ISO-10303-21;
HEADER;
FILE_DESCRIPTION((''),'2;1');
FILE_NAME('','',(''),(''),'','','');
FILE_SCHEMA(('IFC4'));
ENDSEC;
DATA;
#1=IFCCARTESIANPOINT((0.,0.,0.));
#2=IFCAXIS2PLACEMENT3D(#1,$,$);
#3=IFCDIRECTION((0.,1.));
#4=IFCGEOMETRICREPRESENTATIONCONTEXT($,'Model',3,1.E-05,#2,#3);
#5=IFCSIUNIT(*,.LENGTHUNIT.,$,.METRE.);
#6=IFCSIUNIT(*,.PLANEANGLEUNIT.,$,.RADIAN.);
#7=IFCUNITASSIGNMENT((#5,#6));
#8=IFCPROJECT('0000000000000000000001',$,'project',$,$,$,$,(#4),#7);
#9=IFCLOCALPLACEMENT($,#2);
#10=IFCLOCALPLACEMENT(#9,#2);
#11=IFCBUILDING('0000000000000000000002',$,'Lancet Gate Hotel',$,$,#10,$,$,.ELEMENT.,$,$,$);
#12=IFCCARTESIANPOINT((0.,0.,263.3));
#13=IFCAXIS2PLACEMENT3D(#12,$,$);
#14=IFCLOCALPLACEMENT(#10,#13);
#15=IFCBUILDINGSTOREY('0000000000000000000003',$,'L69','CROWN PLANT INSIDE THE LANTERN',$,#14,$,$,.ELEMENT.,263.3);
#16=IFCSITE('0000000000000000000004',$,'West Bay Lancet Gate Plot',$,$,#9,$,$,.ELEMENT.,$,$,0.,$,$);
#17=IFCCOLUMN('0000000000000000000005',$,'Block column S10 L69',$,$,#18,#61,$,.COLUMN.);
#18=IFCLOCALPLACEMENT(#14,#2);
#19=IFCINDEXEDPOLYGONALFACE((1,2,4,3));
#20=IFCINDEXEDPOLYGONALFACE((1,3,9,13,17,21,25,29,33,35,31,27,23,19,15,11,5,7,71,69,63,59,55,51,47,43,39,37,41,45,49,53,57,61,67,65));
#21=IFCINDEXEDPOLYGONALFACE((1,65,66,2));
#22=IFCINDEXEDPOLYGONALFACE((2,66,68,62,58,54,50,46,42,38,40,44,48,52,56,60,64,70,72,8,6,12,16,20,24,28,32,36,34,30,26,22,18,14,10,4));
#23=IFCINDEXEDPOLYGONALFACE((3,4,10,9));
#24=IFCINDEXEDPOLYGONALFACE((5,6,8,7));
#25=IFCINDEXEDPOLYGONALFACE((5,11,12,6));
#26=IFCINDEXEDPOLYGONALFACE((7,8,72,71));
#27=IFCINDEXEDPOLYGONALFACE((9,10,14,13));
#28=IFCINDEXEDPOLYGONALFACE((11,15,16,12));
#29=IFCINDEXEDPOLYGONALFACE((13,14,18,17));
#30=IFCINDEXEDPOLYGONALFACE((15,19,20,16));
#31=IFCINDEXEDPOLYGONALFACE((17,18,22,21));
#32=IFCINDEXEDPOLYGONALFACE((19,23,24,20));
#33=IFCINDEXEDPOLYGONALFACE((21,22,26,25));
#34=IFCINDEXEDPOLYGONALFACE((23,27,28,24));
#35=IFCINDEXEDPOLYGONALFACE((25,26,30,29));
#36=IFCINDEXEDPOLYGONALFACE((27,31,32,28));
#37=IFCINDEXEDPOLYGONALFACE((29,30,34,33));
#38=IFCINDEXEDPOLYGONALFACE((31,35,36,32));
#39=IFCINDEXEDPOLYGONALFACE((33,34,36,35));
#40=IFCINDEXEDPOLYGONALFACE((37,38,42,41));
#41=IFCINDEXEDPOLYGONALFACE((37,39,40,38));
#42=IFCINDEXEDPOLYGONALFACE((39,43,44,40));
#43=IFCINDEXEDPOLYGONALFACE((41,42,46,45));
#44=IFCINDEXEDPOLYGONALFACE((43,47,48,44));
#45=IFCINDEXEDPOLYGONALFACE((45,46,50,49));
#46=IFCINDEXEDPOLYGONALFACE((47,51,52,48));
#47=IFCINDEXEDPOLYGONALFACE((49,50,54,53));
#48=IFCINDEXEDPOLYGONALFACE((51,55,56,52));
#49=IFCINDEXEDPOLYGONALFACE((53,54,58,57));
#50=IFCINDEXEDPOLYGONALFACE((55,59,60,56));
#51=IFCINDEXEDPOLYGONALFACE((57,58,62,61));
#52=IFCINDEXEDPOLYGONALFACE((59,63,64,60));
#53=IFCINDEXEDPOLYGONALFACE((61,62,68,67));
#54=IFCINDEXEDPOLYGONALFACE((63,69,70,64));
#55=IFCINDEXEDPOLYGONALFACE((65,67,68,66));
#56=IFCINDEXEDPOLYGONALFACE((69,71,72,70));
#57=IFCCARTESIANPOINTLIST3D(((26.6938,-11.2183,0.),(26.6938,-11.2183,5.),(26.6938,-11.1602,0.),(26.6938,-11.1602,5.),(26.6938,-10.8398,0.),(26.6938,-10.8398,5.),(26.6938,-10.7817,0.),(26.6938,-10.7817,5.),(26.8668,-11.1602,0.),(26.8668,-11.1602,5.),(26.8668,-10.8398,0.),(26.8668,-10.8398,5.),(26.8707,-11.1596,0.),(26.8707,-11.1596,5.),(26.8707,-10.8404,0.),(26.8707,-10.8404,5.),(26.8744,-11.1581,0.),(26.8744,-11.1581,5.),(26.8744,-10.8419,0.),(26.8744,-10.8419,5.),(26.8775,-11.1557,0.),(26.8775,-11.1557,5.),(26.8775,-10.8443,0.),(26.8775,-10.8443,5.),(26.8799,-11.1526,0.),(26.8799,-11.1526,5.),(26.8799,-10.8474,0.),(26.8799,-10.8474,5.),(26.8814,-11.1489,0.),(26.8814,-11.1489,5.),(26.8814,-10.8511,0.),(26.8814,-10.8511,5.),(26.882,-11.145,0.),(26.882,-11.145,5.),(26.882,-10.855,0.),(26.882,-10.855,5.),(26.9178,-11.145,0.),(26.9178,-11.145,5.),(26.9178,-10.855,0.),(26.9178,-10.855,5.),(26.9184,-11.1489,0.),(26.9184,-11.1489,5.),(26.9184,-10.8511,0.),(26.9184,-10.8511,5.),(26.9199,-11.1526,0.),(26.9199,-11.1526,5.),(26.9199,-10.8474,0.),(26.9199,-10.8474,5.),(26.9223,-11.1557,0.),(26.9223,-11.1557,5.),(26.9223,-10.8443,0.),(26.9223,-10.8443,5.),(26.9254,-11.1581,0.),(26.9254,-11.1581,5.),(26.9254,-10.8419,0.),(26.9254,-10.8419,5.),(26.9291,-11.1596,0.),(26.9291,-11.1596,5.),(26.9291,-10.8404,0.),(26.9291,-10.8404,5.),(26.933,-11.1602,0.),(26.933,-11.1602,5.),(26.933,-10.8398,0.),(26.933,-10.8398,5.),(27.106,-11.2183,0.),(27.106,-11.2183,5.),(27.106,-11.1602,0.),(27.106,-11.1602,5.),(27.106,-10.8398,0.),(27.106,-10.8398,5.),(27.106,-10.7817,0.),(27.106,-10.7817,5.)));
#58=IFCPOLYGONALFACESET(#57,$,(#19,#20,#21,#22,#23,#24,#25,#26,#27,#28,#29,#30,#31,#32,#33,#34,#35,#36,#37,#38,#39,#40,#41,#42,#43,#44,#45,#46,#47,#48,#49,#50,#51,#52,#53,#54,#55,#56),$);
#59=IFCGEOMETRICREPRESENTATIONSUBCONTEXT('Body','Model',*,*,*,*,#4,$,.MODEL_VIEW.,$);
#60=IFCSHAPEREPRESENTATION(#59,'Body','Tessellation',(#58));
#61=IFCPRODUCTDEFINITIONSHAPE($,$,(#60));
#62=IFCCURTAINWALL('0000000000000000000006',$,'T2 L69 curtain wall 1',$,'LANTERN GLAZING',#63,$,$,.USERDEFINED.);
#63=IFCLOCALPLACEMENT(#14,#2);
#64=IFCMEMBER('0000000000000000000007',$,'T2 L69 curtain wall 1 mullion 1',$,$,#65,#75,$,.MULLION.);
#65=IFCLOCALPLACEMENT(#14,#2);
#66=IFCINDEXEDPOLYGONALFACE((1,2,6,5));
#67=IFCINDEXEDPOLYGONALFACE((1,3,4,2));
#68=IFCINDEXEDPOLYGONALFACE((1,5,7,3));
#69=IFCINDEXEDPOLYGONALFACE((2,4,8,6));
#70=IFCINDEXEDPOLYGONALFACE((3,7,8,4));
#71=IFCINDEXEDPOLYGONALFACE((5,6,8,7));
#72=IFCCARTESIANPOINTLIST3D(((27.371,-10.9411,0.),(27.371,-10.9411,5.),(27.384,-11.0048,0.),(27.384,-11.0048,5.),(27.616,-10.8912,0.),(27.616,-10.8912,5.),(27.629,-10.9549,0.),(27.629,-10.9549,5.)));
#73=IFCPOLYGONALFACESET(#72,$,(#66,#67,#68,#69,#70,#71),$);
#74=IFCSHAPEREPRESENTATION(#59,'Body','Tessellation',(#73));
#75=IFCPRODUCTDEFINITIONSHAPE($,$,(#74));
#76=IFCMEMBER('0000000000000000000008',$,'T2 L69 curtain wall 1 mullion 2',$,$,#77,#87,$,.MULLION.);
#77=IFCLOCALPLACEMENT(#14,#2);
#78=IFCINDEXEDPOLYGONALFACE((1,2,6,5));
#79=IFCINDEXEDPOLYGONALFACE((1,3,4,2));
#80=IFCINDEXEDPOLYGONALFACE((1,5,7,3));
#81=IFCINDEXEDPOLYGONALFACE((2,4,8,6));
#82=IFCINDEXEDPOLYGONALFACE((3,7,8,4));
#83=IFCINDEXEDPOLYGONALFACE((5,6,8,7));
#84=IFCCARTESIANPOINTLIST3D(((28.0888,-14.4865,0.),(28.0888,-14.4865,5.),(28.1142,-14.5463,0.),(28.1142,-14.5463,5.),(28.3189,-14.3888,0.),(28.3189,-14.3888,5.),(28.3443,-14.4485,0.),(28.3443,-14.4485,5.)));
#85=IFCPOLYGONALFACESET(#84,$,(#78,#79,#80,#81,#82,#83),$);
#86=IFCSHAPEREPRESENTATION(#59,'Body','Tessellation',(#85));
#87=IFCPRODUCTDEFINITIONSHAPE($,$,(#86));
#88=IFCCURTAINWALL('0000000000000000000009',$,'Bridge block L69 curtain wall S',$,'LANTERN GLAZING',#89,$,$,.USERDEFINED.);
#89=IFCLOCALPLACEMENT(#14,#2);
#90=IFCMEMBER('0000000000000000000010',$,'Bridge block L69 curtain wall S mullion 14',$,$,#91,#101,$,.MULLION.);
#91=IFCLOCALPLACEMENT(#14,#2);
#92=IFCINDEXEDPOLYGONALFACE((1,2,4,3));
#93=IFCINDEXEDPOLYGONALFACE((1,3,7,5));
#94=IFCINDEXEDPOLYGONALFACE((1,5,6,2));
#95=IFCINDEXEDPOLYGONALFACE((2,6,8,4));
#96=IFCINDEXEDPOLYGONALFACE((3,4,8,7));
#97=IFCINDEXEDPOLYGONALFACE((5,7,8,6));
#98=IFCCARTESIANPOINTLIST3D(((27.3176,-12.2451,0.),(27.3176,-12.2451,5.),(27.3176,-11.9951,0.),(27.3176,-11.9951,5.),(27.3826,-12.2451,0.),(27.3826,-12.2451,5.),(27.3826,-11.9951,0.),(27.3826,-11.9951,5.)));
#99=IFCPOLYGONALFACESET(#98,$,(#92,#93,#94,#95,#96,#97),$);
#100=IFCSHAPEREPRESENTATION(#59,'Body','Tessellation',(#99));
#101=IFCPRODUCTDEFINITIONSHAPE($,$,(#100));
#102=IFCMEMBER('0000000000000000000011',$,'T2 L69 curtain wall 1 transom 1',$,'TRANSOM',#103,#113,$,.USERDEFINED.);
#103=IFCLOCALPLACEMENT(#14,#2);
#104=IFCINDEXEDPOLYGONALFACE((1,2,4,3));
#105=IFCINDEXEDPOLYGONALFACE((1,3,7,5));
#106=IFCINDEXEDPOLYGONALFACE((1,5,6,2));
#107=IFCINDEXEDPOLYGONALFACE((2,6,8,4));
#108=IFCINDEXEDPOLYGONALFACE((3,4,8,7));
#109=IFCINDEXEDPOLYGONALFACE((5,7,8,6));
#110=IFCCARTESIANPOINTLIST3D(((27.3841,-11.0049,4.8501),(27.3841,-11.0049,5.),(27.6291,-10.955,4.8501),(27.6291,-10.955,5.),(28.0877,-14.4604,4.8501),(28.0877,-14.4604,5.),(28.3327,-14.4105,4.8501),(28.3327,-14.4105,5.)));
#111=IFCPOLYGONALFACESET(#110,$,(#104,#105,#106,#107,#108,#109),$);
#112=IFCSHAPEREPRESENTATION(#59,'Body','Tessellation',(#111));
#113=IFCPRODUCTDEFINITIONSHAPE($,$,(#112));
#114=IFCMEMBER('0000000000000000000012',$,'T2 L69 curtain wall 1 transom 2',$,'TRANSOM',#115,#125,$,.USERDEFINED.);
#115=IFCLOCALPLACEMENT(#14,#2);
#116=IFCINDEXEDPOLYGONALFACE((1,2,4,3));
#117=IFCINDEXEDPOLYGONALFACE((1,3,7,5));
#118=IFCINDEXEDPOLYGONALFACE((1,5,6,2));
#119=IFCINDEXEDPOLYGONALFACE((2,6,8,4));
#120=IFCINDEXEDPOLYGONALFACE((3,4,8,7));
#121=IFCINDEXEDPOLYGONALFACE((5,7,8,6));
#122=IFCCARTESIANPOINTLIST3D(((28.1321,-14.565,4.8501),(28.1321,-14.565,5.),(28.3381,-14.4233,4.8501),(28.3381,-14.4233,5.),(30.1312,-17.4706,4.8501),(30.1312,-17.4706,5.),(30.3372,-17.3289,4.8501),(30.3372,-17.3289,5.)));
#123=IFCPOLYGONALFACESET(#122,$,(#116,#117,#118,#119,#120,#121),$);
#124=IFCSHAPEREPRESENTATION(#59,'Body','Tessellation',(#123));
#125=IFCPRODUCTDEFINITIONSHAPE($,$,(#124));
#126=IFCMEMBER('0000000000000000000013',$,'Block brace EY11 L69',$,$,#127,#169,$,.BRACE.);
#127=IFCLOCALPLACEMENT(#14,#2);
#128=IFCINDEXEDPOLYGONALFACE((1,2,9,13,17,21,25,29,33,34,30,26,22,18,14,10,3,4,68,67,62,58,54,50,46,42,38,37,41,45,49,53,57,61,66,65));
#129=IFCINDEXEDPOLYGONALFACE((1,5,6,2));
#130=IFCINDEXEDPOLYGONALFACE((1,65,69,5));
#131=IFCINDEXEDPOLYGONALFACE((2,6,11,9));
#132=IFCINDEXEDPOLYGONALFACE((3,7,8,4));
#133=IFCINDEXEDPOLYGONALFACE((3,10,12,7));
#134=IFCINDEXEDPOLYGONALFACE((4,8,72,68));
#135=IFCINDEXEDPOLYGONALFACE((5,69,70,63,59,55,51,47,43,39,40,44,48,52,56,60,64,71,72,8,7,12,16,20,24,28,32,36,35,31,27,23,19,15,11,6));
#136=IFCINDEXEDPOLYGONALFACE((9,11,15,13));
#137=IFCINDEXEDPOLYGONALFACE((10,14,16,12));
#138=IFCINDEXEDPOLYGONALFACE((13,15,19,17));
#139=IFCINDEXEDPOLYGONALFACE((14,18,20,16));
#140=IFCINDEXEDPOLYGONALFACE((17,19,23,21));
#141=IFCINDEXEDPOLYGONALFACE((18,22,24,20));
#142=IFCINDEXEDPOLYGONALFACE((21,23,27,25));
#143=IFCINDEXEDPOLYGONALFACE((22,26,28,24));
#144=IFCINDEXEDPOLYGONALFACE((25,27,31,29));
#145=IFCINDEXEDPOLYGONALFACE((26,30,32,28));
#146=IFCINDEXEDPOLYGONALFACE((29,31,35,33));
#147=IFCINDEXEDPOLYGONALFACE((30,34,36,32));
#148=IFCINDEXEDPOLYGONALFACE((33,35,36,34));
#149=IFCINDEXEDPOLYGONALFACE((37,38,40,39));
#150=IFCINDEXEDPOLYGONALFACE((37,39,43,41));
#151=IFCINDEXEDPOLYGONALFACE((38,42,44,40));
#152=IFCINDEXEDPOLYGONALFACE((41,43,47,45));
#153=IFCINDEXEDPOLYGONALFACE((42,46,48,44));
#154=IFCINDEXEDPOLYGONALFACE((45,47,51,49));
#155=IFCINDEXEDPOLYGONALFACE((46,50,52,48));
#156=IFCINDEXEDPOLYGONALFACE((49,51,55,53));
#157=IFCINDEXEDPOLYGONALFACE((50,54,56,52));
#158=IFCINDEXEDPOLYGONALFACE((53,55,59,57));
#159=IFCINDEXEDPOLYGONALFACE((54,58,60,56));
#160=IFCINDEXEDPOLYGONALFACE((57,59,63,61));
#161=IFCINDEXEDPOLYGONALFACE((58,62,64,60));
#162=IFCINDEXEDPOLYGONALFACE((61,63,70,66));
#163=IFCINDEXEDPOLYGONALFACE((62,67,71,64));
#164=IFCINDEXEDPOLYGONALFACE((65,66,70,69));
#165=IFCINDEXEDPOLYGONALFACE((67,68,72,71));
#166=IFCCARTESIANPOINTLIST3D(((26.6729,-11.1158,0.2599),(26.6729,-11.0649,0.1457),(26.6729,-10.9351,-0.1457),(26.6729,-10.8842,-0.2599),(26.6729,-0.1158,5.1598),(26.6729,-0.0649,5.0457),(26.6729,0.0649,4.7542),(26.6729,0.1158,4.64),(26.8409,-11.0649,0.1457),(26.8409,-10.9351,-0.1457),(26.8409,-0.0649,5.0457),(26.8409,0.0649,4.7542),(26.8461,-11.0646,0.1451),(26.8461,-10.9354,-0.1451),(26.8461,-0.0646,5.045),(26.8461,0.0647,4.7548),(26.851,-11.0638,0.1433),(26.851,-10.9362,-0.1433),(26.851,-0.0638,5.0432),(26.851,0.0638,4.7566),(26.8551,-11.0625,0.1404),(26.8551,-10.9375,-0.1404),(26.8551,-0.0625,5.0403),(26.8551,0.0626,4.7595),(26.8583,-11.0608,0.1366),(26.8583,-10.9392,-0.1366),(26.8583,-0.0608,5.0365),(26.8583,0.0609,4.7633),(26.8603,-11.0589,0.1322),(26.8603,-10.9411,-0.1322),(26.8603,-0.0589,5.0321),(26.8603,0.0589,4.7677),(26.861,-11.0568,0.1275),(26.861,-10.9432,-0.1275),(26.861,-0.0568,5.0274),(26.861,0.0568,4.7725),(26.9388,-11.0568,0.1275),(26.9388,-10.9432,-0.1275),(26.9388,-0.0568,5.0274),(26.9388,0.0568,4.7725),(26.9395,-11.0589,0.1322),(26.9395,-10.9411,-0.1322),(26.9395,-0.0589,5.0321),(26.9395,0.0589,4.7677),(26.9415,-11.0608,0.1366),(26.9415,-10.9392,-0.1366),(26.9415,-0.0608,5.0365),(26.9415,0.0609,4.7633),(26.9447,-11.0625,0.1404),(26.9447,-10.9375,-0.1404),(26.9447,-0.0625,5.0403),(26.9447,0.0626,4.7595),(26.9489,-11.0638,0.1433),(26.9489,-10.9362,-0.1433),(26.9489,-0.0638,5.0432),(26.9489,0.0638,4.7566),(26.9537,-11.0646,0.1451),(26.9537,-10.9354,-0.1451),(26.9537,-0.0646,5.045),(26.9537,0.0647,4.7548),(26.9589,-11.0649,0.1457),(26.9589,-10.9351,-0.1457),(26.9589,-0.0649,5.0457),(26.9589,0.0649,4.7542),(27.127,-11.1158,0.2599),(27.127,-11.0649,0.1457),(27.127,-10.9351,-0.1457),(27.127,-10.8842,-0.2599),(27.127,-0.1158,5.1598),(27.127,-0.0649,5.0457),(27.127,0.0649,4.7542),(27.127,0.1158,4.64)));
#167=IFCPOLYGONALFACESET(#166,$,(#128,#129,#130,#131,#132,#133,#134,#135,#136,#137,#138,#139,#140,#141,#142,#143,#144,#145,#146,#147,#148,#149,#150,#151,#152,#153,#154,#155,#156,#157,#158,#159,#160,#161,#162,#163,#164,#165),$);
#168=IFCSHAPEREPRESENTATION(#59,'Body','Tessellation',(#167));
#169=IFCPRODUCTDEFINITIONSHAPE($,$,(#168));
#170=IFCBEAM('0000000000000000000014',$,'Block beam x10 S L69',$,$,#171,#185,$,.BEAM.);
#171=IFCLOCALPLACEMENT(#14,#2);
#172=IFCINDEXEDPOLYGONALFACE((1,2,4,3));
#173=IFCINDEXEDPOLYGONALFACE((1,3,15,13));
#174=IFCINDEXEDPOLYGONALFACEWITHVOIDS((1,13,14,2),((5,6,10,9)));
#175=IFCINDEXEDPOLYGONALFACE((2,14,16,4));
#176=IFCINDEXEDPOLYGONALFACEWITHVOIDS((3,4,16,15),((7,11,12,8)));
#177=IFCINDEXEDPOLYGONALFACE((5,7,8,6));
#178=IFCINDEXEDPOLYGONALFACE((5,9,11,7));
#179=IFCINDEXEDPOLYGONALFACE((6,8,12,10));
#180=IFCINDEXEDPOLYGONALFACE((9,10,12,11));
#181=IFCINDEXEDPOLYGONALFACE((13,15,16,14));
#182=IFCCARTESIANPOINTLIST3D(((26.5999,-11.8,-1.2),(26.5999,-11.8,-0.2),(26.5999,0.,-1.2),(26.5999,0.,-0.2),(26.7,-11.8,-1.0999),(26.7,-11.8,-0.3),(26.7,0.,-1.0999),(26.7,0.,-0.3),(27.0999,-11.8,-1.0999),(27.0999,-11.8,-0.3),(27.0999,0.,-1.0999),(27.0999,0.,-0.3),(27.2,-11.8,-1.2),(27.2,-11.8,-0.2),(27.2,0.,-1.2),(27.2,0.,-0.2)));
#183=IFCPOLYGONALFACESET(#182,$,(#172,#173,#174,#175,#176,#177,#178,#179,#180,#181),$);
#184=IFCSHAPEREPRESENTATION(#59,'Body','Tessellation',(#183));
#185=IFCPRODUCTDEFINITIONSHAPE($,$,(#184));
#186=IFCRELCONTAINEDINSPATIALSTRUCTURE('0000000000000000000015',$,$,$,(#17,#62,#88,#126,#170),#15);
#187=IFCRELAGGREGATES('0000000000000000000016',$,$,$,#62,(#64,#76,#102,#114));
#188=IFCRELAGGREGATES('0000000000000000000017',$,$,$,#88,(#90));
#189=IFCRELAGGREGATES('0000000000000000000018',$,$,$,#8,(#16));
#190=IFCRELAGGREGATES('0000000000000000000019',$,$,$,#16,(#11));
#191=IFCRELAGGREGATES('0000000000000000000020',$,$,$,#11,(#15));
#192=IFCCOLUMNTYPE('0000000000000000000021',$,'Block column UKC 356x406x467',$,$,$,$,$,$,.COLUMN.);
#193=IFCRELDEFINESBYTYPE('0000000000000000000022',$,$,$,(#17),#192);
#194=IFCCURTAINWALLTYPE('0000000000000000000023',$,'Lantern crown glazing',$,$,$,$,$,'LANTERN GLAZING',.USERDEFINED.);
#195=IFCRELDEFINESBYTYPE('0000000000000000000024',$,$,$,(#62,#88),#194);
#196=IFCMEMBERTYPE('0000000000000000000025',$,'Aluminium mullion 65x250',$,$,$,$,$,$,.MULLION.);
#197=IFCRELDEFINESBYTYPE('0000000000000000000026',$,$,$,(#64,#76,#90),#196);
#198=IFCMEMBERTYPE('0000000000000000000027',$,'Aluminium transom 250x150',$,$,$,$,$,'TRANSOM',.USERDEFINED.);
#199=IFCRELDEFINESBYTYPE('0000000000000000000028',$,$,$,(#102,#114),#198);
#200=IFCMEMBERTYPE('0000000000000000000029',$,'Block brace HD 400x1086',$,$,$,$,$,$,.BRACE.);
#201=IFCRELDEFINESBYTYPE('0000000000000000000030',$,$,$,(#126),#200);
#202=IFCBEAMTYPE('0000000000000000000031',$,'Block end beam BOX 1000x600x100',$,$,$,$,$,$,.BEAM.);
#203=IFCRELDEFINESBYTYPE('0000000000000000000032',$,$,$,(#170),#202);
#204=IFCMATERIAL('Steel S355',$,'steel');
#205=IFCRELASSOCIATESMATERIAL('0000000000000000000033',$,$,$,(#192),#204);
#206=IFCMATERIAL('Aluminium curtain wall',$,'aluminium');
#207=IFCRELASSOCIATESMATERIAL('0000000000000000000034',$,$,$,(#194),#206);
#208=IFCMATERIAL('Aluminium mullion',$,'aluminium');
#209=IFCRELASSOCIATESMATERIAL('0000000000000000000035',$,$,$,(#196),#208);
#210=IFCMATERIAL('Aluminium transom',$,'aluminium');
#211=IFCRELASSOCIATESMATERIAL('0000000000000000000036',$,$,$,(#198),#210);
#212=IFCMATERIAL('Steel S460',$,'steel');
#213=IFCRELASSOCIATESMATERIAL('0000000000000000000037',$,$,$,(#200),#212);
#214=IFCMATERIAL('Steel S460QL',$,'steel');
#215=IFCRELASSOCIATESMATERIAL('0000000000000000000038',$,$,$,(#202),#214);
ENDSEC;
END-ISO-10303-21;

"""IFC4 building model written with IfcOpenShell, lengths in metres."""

from ifc_helpers import new_model, si_unit, direction, frame, origin, origin_2d, place, context, subcontext, project, spatial, rectangle, hollow_rectangle, i_section, extrude, material, material_profile, profile_set, type_object, element, aggregate, save


model = new_model("IFC4")

# Units and contexts
model_context = context("Model", 3, precision=1e-05, world=origin(), true_north=direction((0.0, 1.0)))
body_context = subcontext(model_context, "Body", "Model", "MODEL_VIEW")
ifc_project = project(units=[si_unit("LENGTHUNIT", "METRE"), si_unit("PLANEANGLEUNIT", "RADIAN")], contexts=[model_context])

# Site, building, storey
site_placement = place(None, origin())
site = spatial("IfcSite", under=ifc_project, at=site_placement, Name="West Bay Lancet Gate Plot", CompositionType="ELEMENT", RefElevation=0.0)
building_placement = place(site_placement, origin())
building = spatial("IfcBuilding", under=site, at=building_placement, Name="Lancet Gate Hotel", CompositionType="ELEMENT")
storey_placement = place(building_placement, frame((0.0, 0.0, 263.3)))
storey = spatial("IfcBuildingStorey", under=building, at=storey_placement, Name="L69", Description="CROWN PLANT INSIDE THE LANTERN", CompositionType="ELEMENT", Elevation=263.3)

# Column
ifc_material_1 = material(Name="Steel S355", Category="steel")
ifc_material_profile_1 = material_profile(ifc_material_1, i_section(OverallWidth=0.4121, OverallDepth=0.4365, WebThickness=0.0359, FlangeThickness=0.0581, FilletRadius=0.0151, at=origin_2d()), Name="UKC 356x406x467")
ifc_profile_set_1 = profile_set([ifc_material_profile_1], Name="Steel S355")
column_type = type_object("IfcColumnType", Name="Block column UKC 356x406x467", PredefinedType="COLUMN", material=ifc_profile_set_1)
column_placement = place(storey_placement, frame((26.8999, -11.0, 0.0), z_axis=(0.0, 0.0, 1.0), x_axis=(1.0, 0.0, 0.0)))
element("IfcColumn", 1, at=column_placement, inside=storey, type_object=column_type, Name="Block column S10 L69", PredefinedType="COLUMN", context=body_context, shape_type="SweptSolid", body=[
    extrude(i_section(OverallWidth=0.4121, OverallDepth=0.4365, WebThickness=0.0359, FlangeThickness=0.0581, FilletRadius=0.0151, at=origin_2d()), origin(), (0.0, 0.0, 1.0), 5.0),
])

# Curtain wall, members
ifc_material_2 = material(Name="Aluminium curtain wall", Category="aluminium")
curtain_wall_type = type_object("IfcCurtainWallType", Name="Lantern crown glazing", ElementType="LANTERN GLAZING", PredefinedType="USERDEFINED", material=ifc_material_2)
curtain_wall_1_placement = place(storey_placement, origin())
curtain_wall_1 = element("IfcCurtainWall", 2, at=curtain_wall_1_placement, inside=storey, type_object=curtain_wall_type, Name="T2 L69 curtain wall 1", ObjectType="LANTERN GLAZING", PredefinedType="USERDEFINED")
ifc_material_3 = material(Name="Aluminium mullion", Category="aluminium")
ifc_material_profile_2 = material_profile(ifc_material_3, rectangle(XDim=0.0649, YDim=0.25, at=origin_2d()), Name="MULLION 65x250")
ifc_profile_set_2 = profile_set([ifc_material_profile_2], Name="Aluminium mullion")
member_type_1 = type_object("IfcMemberType", Name="Aluminium mullion 65x250", PredefinedType="MULLION", material=ifc_profile_set_2)
member_1_placement = place(storey_placement, frame((27.5, -10.948, 0.0), z_axis=(0.0, 0.0, 1.0), x_axis=(0.199533, -0.979891, 0.0)))
member_1 = element("IfcMember", 3, at=member_1_placement, type_object=member_type_1, Name="T2 L69 curtain wall 1 mullion 1", PredefinedType="MULLION", context=body_context, shape_type="SweptSolid", body=[
    extrude(rectangle(XDim=0.0649, YDim=0.25, at=origin_2d()), origin(), (0.0, 0.0, 1.0), 5.0),
])
member_2_placement = place(storey_placement, frame((28.2166, -14.4675, 0.0), z_axis=(0.0, 0.0, 1.0), x_axis=(0.391042, -0.920373, 0.0)))
member_2 = element("IfcMember", 4, at=member_2_placement, type_object=member_type_1, Name="T2 L69 curtain wall 1 mullion 2", PredefinedType="MULLION", context=body_context, shape_type="SweptSolid", body=[
    extrude(rectangle(XDim=0.0649, YDim=0.25, at=origin_2d()), origin(), (0.0, 0.0, 1.0), 5.0),
])

# Curtain wall, member
curtain_wall_2_placement = place(storey_placement, origin())
curtain_wall_2 = element("IfcCurtainWall", 5, at=curtain_wall_2_placement, inside=storey, type_object=curtain_wall_type, Name="Bridge block L69 curtain wall S", ObjectType="LANTERN GLAZING", PredefinedType="USERDEFINED")
member_3_placement = place(storey_placement, frame((27.3501, -12.1201, 0.0), z_axis=(0.0, 0.0, 1.0), x_axis=(1.0, 0.0, 0.0)))
member_3 = element("IfcMember", 6, at=member_3_placement, type_object=member_type_1, Name="Bridge block L69 curtain wall S mullion 14", PredefinedType="MULLION", context=body_context, shape_type="SweptSolid", body=[
    extrude(rectangle(XDim=0.0649, YDim=0.25, at=origin_2d()), origin(), (0.0, 0.0, 1.0), 5.0),
])

# Members
ifc_material_4 = material(Name="Aluminium transom", Category="aluminium")
ifc_material_profile_3 = material_profile(ifc_material_4, rectangle(XDim=0.25, YDim=0.1499, at=origin_2d()), Name="TRANSOM 250x150")
ifc_profile_set_3 = profile_set([ifc_material_profile_3], Name="Aluminium transom")
member_type_2 = type_object("IfcMemberType", Name="Aluminium transom 250x150", ElementType="TRANSOM", PredefinedType="USERDEFINED", material=ifc_profile_set_3)
member_4_placement = place(storey_placement, frame((27.5066, -10.98, 4.925), z_axis=(0.199523, -0.979893, 0.0), x_axis=(0.979893, 0.199523, 0.0)))
member_4 = element("IfcMember", 7, at=member_4_placement, type_object=member_type_2, Name="T2 L69 curtain wall 1 transom 1", ObjectType="TRANSOM", PredefinedType="USERDEFINED", context=body_context, shape_type="SweptSolid", body=[
    extrude(rectangle(XDim=0.25, YDim=0.1499, at=origin_2d()), origin(), (0.0, 0.0, 1.0), 3.5264),
])
member_5_placement = place(storey_placement, frame((28.2351, -14.4941, 4.925), z_axis=(0.566814, -0.823846, 0.0), x_axis=(0.823846, 0.566814, 0.0)))
member_5 = element("IfcMember", 8, at=member_5_placement, type_object=member_type_2, Name="T2 L69 curtain wall 1 transom 2", ObjectType="TRANSOM", PredefinedType="USERDEFINED", context=body_context, shape_type="SweptSolid", body=[
    extrude(rectangle(XDim=0.25, YDim=0.1499, at=origin_2d()), origin(), (0.0, 0.0, 1.0), 3.5269),
])
ifc_material_5 = material(Name="Steel S460", Category="steel")
ifc_material_profile_4 = material_profile(ifc_material_5, i_section(OverallWidth=0.4541, OverallDepth=0.5691, WebThickness=0.0779, FlangeThickness=0.125, FilletRadius=0.02, at=origin_2d()), Name="HD 400x1086")
ifc_profile_set_4 = profile_set([ifc_material_profile_4], Name="Steel S460")
member_type_3 = type_object("IfcMemberType", Name="Block brace HD 400x1086", PredefinedType="BRACE", material=ifc_profile_set_4)
member_6_placement = place(storey_placement, frame((26.8999, -11.0, 0.0), z_axis=(0.0, 0.913472, 0.406902), x_axis=(-1.0, 0.0, 0.0)))
element("IfcMember", 9, at=member_6_placement, inside=storey, type_object=member_type_3, Name="Block brace EY11 L69", PredefinedType="BRACE", context=body_context, shape_type="SweptSolid", body=[
    extrude(i_section(OverallWidth=0.4541, OverallDepth=0.5691, WebThickness=0.0779, FlangeThickness=0.125, FilletRadius=0.02, at=origin_2d()), origin(), (0.0, 0.0, 1.0), 12.042),
])

# Beam
ifc_material_6 = material(Name="Steel S460QL", Category="steel")
ifc_material_profile_5 = material_profile(ifc_material_6, hollow_rectangle(XDim=0.6001, YDim=1.0, WallThickness=0.1001, at=origin_2d()), Name="BOX 1000x600x100")
ifc_profile_set_5 = profile_set([ifc_material_profile_5], Name="Steel S460QL")
beam_type = type_object("IfcBeamType", Name="Block end beam BOX 1000x600x100", PredefinedType="BEAM", material=ifc_profile_set_5)
beam_placement = place(storey_placement, frame((26.8999, -11.8, -0.7), z_axis=(0.0, 1.0, 0.0), x_axis=(-1.0, 0.0, 0.0)))
element("IfcBeam", 10, at=beam_placement, inside=storey, type_object=beam_type, Name="Block beam x10 S L69", PredefinedType="BEAM", context=body_context, shape_type="SweptSolid", body=[
    extrude(hollow_rectangle(XDim=0.6001, YDim=1.0, WallThickness=0.1001, at=origin_2d()), origin(), (0.0, 0.0, 1.0), 11.8),
])

aggregate(curtain_wall_1, [member_1, member_2, member_4, member_5])
aggregate(curtain_wall_2, [member_3])

save(model, "model.ifc")
